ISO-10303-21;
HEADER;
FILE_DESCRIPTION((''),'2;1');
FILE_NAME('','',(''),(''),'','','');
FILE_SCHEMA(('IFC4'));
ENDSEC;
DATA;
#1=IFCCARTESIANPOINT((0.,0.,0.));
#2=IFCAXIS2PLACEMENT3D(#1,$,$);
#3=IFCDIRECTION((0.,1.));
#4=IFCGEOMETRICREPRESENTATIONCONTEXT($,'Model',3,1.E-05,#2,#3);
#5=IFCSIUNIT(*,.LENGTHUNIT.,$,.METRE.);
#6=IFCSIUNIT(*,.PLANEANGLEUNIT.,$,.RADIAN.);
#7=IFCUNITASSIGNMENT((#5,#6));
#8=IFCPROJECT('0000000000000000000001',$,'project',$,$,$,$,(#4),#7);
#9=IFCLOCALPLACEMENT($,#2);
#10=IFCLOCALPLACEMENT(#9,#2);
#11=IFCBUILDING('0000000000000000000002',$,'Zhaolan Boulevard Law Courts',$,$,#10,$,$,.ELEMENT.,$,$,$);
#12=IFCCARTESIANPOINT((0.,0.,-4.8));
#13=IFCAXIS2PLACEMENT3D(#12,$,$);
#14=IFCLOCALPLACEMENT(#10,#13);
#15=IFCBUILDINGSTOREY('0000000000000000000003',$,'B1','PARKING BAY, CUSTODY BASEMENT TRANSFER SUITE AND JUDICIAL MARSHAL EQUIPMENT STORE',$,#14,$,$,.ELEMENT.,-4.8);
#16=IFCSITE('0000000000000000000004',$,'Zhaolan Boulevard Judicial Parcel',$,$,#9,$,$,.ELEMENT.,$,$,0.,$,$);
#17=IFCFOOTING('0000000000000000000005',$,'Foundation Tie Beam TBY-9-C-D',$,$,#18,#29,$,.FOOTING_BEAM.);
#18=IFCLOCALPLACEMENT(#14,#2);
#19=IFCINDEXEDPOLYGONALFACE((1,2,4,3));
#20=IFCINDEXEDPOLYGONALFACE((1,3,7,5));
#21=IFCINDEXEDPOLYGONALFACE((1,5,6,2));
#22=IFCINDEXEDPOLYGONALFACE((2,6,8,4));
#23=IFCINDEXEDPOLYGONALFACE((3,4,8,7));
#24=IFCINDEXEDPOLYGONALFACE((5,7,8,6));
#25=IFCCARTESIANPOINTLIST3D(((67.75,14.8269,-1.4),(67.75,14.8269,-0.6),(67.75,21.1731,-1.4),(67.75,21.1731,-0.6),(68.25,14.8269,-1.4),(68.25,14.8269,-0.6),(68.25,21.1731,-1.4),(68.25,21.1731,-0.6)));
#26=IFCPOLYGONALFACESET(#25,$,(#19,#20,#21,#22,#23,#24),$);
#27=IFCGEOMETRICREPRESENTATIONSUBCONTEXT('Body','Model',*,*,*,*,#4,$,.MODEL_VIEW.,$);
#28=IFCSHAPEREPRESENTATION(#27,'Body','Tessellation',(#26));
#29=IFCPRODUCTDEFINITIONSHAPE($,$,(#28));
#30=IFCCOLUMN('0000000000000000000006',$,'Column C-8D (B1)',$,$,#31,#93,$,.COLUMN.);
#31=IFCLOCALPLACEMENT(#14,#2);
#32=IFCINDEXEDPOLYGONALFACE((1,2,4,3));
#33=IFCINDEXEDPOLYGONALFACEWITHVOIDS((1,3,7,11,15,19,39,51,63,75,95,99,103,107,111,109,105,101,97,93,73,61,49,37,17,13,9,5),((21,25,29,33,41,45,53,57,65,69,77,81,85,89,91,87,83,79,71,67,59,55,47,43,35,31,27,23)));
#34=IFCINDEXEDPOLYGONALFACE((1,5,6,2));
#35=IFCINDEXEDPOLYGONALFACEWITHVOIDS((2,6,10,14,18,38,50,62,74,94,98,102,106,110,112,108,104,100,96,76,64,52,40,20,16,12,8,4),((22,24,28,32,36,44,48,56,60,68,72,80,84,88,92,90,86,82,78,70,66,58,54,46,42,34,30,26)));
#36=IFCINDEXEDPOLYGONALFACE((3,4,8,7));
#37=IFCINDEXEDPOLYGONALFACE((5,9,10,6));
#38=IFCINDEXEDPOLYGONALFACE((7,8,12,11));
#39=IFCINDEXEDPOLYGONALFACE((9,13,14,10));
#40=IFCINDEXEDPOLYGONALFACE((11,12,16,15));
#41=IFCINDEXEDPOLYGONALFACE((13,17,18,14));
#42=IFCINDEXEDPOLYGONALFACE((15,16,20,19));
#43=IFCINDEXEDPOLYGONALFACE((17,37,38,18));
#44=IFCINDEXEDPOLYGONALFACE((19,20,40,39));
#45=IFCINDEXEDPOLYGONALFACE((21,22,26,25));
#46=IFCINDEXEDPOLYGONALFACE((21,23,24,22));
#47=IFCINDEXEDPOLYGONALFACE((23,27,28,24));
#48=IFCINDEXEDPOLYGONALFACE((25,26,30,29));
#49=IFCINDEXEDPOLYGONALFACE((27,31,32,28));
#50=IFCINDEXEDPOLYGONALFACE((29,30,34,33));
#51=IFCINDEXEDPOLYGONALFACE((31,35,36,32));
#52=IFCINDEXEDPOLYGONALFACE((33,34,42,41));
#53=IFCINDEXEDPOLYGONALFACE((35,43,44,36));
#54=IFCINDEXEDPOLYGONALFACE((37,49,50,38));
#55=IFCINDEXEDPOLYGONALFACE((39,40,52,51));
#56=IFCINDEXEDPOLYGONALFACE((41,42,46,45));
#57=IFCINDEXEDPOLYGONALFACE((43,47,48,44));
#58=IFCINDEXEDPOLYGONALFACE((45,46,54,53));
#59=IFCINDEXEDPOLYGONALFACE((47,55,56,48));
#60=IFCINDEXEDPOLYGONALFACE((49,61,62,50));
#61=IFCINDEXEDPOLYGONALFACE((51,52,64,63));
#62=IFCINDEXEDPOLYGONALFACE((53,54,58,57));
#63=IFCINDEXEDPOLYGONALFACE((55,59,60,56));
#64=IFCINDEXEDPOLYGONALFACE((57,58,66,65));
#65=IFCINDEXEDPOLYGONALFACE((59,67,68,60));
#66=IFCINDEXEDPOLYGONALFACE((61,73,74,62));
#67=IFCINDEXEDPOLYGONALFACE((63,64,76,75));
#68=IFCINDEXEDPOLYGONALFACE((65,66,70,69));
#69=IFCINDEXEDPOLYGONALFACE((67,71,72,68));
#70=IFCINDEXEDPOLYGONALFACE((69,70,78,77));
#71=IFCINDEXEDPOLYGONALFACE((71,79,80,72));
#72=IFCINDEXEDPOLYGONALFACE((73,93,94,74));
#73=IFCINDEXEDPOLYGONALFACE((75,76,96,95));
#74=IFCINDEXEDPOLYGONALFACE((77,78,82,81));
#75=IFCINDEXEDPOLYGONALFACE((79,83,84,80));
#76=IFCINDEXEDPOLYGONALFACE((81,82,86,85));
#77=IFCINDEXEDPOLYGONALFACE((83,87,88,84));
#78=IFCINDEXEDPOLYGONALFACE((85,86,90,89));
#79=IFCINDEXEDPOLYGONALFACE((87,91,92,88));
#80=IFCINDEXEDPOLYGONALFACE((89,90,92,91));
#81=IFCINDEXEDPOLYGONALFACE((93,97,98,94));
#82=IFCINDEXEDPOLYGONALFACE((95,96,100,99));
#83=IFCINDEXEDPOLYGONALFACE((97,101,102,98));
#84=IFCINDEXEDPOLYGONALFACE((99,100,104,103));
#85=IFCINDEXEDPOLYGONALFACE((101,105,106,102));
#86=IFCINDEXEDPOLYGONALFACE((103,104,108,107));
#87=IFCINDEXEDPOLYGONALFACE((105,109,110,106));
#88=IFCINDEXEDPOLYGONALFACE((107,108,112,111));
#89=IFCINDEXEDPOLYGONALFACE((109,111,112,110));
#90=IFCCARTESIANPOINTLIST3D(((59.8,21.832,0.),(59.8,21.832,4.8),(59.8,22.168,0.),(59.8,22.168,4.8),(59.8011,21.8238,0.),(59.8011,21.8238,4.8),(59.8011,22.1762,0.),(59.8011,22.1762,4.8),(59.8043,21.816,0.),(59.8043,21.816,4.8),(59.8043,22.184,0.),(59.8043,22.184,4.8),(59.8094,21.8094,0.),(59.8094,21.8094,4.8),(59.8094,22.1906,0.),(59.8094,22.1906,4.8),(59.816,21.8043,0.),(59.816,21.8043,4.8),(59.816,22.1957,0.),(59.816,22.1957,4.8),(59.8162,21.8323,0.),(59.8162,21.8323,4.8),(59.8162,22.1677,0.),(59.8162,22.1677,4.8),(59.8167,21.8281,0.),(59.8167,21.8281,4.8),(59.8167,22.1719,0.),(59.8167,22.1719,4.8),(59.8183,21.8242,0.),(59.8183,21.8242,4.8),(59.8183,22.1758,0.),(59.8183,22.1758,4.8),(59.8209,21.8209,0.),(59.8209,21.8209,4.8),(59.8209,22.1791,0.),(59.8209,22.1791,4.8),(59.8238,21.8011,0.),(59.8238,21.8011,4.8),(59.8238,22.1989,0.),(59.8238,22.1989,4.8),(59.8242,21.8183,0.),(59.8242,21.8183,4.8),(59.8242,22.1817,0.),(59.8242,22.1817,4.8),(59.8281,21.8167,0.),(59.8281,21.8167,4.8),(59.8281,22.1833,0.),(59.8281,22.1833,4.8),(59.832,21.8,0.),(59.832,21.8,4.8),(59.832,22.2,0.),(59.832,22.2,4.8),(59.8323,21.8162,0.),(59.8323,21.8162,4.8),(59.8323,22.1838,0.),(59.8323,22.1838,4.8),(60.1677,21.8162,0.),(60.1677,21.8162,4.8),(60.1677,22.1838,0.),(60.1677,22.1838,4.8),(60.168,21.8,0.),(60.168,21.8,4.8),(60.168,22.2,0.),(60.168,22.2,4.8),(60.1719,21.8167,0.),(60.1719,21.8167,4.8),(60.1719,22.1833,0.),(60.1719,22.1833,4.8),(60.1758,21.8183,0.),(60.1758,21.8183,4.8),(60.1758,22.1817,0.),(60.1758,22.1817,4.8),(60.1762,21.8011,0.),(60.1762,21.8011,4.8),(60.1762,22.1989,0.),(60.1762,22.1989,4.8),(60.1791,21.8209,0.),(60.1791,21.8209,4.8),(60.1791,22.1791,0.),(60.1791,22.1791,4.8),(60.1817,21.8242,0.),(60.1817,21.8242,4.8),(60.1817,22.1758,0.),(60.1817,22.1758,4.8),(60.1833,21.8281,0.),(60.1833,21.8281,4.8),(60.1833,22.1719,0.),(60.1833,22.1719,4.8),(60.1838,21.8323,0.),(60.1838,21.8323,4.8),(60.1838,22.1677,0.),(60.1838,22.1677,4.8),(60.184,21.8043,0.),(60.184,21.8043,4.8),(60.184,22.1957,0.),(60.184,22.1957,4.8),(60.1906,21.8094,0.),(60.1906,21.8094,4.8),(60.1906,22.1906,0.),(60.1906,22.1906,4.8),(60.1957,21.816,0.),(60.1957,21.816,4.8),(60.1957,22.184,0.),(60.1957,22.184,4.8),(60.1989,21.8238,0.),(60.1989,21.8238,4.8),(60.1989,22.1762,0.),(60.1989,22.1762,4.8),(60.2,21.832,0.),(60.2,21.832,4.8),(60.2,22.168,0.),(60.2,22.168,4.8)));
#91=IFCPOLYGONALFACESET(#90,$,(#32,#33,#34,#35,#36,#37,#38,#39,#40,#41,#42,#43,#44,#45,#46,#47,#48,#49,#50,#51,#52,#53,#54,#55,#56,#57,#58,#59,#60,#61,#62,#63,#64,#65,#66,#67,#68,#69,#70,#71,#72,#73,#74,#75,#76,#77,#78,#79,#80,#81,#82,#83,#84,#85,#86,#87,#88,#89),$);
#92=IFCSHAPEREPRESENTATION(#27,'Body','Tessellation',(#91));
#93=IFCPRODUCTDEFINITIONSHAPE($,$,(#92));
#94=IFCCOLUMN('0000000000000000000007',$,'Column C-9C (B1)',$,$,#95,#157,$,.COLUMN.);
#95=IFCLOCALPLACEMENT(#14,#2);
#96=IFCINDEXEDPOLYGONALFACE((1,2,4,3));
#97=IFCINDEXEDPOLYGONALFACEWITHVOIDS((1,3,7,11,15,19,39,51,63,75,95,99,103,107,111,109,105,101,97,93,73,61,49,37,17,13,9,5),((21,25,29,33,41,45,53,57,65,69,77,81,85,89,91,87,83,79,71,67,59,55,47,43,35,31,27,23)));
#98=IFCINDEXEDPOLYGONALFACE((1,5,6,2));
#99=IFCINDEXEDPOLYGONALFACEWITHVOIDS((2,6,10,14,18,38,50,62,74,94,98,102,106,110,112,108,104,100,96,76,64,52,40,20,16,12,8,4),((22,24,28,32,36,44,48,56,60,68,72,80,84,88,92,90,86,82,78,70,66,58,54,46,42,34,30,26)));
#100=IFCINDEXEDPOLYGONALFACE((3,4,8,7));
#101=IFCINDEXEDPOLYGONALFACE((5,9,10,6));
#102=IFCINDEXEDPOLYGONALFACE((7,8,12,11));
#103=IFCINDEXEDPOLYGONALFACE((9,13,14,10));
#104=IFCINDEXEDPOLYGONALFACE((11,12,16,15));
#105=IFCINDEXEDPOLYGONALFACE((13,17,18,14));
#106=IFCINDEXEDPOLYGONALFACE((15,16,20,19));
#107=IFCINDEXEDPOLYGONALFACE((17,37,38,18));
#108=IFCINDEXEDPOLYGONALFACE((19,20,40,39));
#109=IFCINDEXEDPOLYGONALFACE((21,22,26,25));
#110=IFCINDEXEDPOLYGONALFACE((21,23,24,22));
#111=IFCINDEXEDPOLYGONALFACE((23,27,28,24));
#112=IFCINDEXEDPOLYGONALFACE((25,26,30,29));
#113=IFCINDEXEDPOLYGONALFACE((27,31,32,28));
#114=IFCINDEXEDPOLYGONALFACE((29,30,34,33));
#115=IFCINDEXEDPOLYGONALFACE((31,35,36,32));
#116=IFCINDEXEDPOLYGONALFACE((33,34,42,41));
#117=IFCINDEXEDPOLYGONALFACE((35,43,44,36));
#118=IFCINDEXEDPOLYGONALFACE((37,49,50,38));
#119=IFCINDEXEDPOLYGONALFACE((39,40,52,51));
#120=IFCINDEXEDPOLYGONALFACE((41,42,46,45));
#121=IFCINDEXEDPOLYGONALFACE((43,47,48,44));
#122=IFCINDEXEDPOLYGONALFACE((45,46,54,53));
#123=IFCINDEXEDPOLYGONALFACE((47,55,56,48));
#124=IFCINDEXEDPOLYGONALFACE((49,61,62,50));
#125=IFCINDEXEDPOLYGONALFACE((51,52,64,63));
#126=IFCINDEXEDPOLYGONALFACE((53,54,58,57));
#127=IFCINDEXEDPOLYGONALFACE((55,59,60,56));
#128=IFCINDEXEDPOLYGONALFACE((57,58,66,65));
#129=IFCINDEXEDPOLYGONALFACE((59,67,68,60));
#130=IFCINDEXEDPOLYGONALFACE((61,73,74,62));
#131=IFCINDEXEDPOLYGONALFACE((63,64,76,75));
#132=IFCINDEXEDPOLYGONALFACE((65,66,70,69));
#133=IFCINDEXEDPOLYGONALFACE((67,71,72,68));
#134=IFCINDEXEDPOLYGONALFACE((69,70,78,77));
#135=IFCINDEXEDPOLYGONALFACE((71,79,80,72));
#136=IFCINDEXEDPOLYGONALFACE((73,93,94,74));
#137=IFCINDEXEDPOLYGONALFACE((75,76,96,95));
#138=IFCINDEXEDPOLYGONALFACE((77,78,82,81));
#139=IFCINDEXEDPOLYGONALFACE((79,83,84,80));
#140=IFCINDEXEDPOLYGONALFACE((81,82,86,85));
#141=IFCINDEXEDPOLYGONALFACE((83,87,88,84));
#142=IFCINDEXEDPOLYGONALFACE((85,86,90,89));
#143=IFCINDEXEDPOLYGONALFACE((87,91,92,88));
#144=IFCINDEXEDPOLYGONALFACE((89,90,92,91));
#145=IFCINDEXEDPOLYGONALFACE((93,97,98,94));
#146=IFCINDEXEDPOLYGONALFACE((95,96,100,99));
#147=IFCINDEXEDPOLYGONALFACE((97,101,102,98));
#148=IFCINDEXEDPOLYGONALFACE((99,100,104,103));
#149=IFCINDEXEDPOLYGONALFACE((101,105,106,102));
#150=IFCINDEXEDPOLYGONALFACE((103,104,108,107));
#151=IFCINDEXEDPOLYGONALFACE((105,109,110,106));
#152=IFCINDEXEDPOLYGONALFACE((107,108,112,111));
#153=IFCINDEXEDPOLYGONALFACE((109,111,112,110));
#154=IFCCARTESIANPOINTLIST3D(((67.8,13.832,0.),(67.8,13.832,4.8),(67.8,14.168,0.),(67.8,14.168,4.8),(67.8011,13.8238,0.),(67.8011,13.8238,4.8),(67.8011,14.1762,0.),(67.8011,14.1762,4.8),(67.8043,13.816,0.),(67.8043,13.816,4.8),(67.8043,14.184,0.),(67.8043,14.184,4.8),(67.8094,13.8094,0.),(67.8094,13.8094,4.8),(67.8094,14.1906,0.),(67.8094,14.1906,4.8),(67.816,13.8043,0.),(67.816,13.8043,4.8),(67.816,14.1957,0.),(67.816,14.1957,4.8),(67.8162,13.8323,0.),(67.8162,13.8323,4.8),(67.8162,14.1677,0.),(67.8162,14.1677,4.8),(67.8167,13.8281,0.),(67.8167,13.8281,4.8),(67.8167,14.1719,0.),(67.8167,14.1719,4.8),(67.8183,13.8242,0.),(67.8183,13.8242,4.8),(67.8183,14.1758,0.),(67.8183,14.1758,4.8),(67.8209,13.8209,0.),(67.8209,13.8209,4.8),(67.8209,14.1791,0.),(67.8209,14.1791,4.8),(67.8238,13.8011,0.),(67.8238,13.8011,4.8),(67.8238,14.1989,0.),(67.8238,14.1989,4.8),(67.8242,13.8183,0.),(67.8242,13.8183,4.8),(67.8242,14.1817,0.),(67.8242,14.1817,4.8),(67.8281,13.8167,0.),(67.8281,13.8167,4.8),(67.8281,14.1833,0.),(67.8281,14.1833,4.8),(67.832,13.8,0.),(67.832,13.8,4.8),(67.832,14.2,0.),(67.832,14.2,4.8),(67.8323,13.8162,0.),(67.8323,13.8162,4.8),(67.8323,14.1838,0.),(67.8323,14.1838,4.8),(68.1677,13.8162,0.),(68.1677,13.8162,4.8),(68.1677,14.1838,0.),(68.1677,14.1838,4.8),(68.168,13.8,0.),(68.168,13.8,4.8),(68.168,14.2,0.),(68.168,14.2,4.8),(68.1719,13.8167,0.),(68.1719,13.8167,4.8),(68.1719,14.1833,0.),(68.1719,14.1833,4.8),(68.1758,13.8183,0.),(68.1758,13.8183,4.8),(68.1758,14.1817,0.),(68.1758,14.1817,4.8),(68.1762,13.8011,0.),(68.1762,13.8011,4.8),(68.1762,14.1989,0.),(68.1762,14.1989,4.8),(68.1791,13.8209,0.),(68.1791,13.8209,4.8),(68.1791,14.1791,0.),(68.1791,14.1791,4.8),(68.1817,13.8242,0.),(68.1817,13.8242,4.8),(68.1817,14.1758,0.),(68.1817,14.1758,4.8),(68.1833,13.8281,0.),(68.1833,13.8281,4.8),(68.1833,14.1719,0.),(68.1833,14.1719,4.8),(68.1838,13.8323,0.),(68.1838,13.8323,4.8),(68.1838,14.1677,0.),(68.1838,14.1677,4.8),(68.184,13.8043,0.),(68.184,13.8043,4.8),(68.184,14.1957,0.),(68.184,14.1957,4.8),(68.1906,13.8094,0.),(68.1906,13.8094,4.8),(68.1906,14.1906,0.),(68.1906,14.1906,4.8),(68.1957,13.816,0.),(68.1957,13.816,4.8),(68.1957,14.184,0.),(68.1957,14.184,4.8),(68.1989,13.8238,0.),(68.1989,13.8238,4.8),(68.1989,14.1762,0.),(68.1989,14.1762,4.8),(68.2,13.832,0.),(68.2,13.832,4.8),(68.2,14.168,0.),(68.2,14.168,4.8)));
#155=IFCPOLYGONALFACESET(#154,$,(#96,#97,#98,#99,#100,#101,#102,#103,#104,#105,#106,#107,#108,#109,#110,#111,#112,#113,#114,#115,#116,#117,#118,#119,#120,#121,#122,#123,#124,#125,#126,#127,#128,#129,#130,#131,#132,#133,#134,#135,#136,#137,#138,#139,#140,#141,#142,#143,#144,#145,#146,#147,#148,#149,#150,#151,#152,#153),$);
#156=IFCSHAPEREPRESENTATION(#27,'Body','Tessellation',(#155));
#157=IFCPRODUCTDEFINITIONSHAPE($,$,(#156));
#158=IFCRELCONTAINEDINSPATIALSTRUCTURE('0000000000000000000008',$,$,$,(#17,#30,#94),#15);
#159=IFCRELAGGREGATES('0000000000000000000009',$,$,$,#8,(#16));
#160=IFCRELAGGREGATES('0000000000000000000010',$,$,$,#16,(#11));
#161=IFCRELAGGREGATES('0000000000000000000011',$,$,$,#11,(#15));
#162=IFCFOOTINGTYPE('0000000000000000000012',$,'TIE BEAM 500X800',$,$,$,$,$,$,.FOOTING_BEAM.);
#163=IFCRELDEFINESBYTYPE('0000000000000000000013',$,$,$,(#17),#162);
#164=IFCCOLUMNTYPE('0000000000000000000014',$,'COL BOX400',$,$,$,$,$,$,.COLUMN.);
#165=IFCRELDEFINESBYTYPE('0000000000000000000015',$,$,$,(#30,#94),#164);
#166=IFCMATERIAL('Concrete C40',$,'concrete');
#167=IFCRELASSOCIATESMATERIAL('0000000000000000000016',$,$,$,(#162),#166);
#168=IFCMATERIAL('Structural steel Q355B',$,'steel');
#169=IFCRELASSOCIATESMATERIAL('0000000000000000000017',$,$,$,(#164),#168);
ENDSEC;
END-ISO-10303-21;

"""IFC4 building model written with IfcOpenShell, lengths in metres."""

from ifc_helpers import new_model, si_unit, direction, frame, origin, origin_2d, place, context, subcontext, project, spatial, rectangle, hollow_rectangle, extrude, material, material_profile, profile_set, type_object, element, save


model = new_model("IFC4")

# Units and contexts
model_context = context("Model", 3, precision=1e-05, world=origin(), true_north=direction((0.0, 1.0)))
body_context = subcontext(model_context, "Body", "Model", "MODEL_VIEW")
ifc_project = project(units=[si_unit("LENGTHUNIT", "METRE"), si_unit("PLANEANGLEUNIT", "RADIAN")], contexts=[model_context])

# Site, building, storey
site_placement = place(None, origin())
site = spatial("IfcSite", under=ifc_project, at=site_placement, Name="Zhaolan Boulevard Judicial Parcel", CompositionType="ELEMENT", RefElevation=0.0)
building_placement = place(site_placement, origin())
building = spatial("IfcBuilding", under=site, at=building_placement, Name="Zhaolan Boulevard Law Courts", CompositionType="ELEMENT")
storey_placement = place(building_placement, frame((0.0, 0.0, -4.8)))
storey = spatial("IfcBuildingStorey", under=building, at=storey_placement, Name="B1", Description="PARKING BAY, CUSTODY BASEMENT TRANSFER SUITE AND JUDICIAL MARSHAL EQUIPMENT STORE", CompositionType="ELEMENT", Elevation=-4.8)

# Footing
ifc_material_1 = material(Name="Concrete C40", Category="concrete")
ifc_material_profile_1 = material_profile(ifc_material_1, rectangle(XDim=0.5, YDim=0.8, at=origin_2d()), Name="RC500x800")
ifc_profile_set_1 = profile_set([ifc_material_profile_1], Name="Concrete C40")
footing_type_1 = type_object("IfcFootingType", Name="TIE BEAM 500X800", PredefinedType="FOOTING_BEAM", material=ifc_profile_set_1)
for number, where, z_axis, x_axis, name in (
    (1, (68.0, 14.8269, -1.0), (0.0, 1.0, 0.0), (-1.0, 0.0, 0.0), "Foundation Tie Beam TBY-9-C-D"),
):
    element("IfcFooting", number, at=place(storey_placement, frame(where, z_axis=z_axis, x_axis=x_axis)), inside=storey, type_object=footing_type_1, Name=name, PredefinedType="FOOTING_BEAM", context=body_context, shape_type="SweptSolid", body=[
        extrude(rectangle(XDim=0.5, YDim=0.8, at=origin_2d()), origin(), (0.0, 0.0, 1.0), 6.3462),
    ])

# Columns
ifc_material_2 = material(Name="Structural steel Q355B", Category="steel")
ifc_material_profile_2 = material_profile(ifc_material_2, hollow_rectangle(XDim=0.3999, YDim=0.3999, WallThickness=0.0161, InnerFilletRadius=0.0161, OuterFilletRadius=0.032, at=origin_2d()), Name="BOX400x400x16")
ifc_profile_set_2 = profile_set([ifc_material_profile_2], Name="Structural steel Q355B")
column_type = type_object("IfcColumnType", Name="COL BOX400", PredefinedType="COLUMN", material=ifc_profile_set_2)
for number, where, z_axis, x_axis, name in (
    (2, (60.0, 22.0, 0.0), (0.0, 0.0, 1.0), (1.0, 0.0, 0.0), "Column C-8D (B1)"),
    (3, (68.0, 14.0, 0.0), (0.0, 0.0, 1.0), (1.0, 0.0, 0.0), "Column C-9C (B1)"),
):
    element("IfcColumn", number, at=place(storey_placement, frame(where, z_axis=z_axis, x_axis=x_axis)), inside=storey, type_object=column_type, Name=name, PredefinedType="COLUMN", context=body_context, shape_type="SweptSolid", body=[
        extrude(hollow_rectangle(XDim=0.3999, YDim=0.3999, WallThickness=0.0161, InnerFilletRadius=0.0161, OuterFilletRadius=0.032, at=origin_2d()), origin(), (0.0, 0.0, 1.0), 4.8),
    ])

save(model, "model.ifc")
